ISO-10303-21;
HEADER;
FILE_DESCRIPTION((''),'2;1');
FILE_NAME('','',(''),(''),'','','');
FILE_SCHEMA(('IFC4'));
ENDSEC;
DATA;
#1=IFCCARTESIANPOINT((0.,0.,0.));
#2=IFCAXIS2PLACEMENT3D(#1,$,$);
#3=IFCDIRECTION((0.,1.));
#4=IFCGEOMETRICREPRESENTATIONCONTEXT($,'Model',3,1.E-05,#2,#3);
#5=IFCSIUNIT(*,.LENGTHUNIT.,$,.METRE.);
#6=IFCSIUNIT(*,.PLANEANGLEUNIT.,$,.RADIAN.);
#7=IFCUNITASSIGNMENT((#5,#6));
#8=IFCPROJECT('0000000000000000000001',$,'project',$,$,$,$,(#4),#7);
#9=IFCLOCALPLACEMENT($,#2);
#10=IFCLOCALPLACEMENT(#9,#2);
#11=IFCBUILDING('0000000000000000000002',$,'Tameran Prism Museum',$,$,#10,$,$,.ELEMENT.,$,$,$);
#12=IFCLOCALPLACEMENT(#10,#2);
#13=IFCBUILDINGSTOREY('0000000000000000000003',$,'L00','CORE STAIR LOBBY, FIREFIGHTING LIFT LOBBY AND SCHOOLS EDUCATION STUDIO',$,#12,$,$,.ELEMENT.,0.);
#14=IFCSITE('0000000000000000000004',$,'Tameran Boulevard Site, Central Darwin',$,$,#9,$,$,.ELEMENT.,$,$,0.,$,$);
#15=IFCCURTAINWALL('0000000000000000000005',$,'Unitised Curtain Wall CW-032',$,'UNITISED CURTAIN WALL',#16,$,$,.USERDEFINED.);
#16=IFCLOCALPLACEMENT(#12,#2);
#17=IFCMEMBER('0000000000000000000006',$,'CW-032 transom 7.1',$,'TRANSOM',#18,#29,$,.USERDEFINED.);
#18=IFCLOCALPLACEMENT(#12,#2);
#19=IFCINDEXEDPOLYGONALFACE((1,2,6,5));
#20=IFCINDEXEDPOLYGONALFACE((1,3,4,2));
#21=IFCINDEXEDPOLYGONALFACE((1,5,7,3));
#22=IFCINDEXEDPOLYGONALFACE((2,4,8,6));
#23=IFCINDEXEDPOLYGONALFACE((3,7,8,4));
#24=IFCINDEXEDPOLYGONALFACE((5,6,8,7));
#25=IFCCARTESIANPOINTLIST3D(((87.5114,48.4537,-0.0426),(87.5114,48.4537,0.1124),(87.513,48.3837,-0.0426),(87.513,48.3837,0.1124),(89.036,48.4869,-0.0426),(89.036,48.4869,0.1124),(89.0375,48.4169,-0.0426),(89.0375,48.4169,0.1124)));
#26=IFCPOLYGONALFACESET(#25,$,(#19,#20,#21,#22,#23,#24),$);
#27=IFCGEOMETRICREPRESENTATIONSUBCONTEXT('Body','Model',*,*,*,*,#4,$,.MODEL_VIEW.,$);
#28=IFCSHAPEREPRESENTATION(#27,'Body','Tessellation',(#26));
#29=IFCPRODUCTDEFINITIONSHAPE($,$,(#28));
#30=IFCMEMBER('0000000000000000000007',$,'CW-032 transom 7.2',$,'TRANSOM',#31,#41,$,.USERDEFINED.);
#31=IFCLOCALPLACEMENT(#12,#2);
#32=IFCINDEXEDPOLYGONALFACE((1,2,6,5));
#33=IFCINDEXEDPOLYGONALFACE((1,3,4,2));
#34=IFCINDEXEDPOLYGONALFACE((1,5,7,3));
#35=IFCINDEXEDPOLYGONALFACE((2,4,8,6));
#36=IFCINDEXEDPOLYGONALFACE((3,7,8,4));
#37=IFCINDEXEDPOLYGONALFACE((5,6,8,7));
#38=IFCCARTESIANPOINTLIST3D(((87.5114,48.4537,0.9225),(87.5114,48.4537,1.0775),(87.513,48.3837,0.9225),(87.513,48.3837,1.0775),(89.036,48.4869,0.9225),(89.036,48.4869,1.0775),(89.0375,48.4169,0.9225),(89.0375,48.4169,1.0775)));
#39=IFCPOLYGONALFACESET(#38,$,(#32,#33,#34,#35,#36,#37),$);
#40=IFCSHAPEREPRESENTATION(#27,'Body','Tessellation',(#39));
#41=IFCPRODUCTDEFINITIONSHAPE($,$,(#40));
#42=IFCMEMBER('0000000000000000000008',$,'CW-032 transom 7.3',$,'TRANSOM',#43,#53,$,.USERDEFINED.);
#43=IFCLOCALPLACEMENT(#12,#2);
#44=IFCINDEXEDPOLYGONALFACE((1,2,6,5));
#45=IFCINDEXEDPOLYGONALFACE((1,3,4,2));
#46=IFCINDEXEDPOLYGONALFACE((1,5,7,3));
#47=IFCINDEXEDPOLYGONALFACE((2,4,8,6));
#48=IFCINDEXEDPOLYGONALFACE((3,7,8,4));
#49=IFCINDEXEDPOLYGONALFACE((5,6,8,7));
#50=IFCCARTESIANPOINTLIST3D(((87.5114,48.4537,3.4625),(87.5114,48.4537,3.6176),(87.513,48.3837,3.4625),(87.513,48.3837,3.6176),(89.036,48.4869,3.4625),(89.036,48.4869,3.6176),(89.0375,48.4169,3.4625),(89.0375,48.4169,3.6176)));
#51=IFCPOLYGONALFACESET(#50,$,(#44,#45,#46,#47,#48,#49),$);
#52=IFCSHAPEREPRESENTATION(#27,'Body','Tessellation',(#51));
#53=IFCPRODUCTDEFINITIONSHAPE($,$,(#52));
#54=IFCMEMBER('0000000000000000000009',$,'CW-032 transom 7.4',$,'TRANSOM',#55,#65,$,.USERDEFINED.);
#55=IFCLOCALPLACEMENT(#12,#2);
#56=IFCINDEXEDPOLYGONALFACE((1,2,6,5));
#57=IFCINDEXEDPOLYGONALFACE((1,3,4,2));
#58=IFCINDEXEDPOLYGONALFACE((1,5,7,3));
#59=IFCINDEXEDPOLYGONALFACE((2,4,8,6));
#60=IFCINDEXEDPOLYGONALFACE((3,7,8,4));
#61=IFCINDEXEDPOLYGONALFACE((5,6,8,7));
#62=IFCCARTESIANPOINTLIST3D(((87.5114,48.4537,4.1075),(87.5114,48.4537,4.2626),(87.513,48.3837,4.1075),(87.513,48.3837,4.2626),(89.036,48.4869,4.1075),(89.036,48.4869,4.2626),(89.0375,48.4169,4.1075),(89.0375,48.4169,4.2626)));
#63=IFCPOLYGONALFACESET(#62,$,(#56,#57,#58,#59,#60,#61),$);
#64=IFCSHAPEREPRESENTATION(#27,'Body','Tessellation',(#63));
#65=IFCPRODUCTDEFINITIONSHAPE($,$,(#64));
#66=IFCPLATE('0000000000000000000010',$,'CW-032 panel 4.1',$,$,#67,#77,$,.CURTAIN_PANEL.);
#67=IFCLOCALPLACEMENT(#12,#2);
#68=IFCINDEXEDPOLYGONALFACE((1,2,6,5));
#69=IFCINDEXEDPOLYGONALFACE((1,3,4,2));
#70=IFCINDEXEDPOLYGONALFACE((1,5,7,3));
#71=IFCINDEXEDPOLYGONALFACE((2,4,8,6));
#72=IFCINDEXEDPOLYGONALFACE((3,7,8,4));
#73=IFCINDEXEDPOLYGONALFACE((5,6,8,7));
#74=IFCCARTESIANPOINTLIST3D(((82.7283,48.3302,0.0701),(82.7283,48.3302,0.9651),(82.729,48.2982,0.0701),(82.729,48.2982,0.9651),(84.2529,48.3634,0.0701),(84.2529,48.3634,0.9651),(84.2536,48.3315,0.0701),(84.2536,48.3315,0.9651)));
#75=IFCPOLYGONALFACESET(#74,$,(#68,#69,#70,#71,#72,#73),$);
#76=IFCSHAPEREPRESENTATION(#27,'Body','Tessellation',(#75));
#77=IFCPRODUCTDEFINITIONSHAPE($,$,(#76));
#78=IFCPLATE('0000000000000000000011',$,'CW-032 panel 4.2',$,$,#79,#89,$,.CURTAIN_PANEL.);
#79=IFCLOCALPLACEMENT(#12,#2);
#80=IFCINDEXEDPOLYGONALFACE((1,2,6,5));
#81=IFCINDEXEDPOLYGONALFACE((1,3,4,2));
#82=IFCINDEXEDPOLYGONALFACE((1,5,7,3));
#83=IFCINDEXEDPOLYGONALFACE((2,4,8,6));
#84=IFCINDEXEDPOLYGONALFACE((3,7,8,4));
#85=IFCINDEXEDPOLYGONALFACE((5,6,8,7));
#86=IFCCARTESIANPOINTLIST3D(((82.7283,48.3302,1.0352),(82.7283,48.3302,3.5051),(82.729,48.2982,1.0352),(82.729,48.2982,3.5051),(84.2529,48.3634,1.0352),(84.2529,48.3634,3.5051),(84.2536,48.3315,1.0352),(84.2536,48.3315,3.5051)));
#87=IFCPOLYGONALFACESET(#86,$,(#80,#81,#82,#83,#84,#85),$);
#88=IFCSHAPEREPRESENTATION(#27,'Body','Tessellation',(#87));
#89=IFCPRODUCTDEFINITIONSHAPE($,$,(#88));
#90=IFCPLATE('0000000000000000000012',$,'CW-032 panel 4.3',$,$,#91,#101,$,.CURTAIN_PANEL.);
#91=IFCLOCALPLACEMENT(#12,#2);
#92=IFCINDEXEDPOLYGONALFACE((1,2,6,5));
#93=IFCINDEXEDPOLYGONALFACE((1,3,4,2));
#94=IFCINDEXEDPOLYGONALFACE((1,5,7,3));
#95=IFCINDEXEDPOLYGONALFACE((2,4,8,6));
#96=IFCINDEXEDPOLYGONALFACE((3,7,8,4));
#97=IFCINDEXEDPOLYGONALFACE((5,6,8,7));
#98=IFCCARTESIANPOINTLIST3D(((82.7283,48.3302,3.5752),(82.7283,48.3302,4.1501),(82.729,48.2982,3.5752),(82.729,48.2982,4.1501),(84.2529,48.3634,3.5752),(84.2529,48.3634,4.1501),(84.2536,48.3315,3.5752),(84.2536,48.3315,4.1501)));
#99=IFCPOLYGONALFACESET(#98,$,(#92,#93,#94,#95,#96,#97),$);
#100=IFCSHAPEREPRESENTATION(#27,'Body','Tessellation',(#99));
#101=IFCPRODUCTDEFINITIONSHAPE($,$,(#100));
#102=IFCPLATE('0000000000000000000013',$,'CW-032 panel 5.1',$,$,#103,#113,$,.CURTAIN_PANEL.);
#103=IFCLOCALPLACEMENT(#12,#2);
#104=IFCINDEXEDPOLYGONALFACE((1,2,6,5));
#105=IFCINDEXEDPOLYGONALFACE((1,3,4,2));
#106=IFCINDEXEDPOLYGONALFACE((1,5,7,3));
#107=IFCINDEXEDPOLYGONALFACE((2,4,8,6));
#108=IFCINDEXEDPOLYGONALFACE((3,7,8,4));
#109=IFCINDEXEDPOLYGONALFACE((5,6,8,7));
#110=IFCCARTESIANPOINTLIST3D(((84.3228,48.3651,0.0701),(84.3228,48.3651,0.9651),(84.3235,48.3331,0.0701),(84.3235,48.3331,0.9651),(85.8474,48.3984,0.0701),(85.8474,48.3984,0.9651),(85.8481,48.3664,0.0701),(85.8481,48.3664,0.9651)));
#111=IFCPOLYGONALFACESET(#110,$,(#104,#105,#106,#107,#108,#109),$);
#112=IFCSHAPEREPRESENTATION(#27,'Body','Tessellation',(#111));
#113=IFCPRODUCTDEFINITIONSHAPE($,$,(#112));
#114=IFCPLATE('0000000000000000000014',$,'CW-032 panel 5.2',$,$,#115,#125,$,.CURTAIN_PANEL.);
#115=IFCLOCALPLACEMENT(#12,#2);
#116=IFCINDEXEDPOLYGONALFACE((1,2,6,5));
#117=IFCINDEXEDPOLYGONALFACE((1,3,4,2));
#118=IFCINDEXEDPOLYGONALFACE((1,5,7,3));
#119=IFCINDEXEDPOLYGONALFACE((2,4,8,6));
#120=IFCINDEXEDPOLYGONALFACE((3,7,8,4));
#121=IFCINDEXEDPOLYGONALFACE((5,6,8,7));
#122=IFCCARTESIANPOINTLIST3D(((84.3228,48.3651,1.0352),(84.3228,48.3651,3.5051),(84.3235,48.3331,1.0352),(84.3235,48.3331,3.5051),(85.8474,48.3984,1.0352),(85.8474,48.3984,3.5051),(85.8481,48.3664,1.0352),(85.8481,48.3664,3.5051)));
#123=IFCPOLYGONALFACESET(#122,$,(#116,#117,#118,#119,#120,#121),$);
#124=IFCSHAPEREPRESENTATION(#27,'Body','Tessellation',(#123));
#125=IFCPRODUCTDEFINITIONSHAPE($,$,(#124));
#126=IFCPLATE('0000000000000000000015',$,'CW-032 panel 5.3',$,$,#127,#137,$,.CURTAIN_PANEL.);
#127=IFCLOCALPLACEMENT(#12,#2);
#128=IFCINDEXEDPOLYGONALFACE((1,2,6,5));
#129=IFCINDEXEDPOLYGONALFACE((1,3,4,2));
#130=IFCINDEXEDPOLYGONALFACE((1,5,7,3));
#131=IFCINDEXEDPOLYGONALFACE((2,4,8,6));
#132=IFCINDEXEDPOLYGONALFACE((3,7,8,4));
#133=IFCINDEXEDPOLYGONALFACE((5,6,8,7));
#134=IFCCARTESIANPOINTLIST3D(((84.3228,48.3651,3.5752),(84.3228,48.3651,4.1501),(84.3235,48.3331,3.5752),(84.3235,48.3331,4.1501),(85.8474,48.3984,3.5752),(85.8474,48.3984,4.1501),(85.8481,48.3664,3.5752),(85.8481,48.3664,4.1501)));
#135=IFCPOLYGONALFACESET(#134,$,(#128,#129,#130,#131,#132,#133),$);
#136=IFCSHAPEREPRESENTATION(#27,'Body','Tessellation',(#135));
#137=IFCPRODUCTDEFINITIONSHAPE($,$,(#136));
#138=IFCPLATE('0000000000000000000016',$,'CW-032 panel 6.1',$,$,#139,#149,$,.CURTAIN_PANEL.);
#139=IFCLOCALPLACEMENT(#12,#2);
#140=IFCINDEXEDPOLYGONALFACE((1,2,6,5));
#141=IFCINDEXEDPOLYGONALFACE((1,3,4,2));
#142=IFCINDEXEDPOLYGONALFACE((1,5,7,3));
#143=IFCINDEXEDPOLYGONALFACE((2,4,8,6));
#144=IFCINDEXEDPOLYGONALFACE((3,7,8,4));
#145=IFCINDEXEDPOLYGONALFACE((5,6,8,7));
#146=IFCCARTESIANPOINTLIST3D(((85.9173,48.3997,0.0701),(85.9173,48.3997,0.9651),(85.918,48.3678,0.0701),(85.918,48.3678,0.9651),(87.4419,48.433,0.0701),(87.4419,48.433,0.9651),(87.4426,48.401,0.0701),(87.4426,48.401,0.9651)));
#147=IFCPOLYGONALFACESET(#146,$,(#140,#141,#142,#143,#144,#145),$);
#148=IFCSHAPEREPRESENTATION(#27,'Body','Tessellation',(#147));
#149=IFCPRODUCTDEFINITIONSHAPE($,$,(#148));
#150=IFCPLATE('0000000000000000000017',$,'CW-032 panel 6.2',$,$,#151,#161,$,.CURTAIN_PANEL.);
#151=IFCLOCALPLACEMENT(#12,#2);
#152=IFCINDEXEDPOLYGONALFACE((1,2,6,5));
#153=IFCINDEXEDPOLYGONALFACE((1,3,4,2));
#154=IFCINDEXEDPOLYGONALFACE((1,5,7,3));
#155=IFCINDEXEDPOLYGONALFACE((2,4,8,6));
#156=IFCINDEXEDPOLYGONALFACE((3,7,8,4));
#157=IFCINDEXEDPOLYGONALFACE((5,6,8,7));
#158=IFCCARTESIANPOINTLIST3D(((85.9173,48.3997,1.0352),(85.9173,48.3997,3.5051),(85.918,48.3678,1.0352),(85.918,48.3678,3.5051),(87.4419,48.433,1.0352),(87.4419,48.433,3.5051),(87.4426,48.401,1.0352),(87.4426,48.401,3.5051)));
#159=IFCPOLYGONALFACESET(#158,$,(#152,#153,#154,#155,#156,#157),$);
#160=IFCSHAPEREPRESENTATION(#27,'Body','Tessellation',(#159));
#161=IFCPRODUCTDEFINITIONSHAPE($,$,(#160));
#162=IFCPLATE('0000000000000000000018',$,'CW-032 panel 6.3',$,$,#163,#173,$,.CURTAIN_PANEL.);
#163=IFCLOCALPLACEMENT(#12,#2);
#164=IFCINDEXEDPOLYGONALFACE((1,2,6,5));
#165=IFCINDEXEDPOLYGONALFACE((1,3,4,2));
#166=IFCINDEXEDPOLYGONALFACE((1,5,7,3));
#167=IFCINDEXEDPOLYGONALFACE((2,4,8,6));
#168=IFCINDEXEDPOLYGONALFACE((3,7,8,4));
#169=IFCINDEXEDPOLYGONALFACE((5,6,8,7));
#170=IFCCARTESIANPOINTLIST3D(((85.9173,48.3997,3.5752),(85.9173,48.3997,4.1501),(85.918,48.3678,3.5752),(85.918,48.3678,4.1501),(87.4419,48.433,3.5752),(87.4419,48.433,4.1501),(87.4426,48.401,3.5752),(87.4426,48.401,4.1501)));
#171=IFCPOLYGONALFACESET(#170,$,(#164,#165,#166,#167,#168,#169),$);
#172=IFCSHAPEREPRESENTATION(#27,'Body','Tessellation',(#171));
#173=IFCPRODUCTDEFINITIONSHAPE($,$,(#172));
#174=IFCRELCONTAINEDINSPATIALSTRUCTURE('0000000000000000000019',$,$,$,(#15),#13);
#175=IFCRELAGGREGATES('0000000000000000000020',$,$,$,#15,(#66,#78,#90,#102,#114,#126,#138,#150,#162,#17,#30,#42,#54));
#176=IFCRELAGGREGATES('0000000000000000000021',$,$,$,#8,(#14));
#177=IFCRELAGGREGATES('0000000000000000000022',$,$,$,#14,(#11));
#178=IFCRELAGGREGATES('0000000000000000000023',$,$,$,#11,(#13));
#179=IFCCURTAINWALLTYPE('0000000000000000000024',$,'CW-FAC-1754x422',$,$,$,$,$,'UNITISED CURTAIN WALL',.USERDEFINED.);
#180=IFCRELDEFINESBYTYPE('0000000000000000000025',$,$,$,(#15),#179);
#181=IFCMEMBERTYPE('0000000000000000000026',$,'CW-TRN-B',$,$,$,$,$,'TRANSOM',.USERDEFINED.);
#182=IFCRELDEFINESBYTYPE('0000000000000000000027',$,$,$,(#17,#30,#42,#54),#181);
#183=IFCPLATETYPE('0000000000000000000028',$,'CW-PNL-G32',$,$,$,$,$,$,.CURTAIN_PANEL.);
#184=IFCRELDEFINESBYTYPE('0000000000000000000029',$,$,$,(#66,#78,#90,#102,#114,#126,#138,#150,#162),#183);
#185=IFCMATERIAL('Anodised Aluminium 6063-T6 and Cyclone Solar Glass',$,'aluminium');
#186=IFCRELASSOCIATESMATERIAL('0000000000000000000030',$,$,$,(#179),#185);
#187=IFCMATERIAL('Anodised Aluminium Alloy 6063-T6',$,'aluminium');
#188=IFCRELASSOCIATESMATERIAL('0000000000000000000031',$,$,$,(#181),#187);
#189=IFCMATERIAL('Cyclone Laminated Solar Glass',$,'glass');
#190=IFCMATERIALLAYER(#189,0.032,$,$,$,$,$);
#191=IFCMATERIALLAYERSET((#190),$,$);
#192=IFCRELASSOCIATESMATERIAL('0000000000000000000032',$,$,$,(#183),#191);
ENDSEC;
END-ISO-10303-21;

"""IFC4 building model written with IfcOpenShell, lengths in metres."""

from ifc_helpers import new_model, si_unit, direction, frame, origin, origin_2d, place, context, subcontext, project, spatial, rectangle, extrude, material, layer, layer_set, material_profile, profile_set, type_object, element, aggregate, save


model = new_model("IFC4")

# Units and contexts
model_context = context("Model", 3, precision=1e-05, world=origin(), true_north=direction((0.0, 1.0)))
body_context = subcontext(model_context, "Body", "Model", "MODEL_VIEW")
ifc_project = project(units=[si_unit("LENGTHUNIT", "METRE"), si_unit("PLANEANGLEUNIT", "RADIAN")], contexts=[model_context])

# Site, building, storey
site_placement = place(None, origin())
site = spatial("IfcSite", under=ifc_project, at=site_placement, Name="Tameran Boulevard Site, Central Darwin", CompositionType="ELEMENT", RefElevation=0.0)
building_placement = place(site_placement, origin())
building = spatial("IfcBuilding", under=site, at=building_placement, Name="Tameran Prism Museum", CompositionType="ELEMENT")
storey_placement = place(building_placement, origin())
storey = spatial("IfcBuildingStorey", under=building, at=storey_placement, Name="L00", Description="CORE STAIR LOBBY, FIREFIGHTING LIFT LOBBY AND SCHOOLS EDUCATION STUDIO", CompositionType="ELEMENT", Elevation=0.0)

# Curtain wall, members, plates
ifc_material_1 = material(Name="Anodised Aluminium 6063-T6 and Cyclone Solar Glass", Category="aluminium")
curtain_wall_type = type_object("IfcCurtainWallType", Name="CW-FAC-1754x422", ElementType="UNITISED CURTAIN WALL", PredefinedType="USERDEFINED", material=ifc_material_1)
curtain_wall_placement = place(storey_placement, origin())
curtain_wall = element("IfcCurtainWall", 1, at=curtain_wall_placement, inside=storey, type_object=curtain_wall_type, Name="Unitised Curtain Wall CW-032", ObjectType="UNITISED CURTAIN WALL", PredefinedType="USERDEFINED")
ifc_material_2 = material(Name="Anodised Aluminium Alloy 6063-T6", Category="aluminium")
ifc_material_profile_1 = material_profile(ifc_material_2, rectangle(XDim=0.0701, YDim=0.155, at=origin_2d()))
ifc_profile_set_1 = profile_set([ifc_material_profile_1])
member_type_1 = type_object("IfcMemberType", Name="CW-TRN-B", ElementType="TRANSOM", PredefinedType="USERDEFINED", material=ifc_profile_set_1)
member_1_placement = place(storey_placement, frame((87.5122, 48.4187, 0.0349), z_axis=(0.999763, 0.021772, 0.0), x_axis=(-0.021772, 0.999763, 0.0)))
member_1 = element("IfcMember", 2, at=member_1_placement, type_object=member_type_1, Name="CW-032 transom 7.1", ObjectType="TRANSOM", PredefinedType="USERDEFINED", context=body_context, shape_type="SweptSolid", body=[
    extrude(rectangle(XDim=0.0701, YDim=0.155, at=origin_2d()), origin(), (0.0, 0.0, 1.0), 1.5249),
])
member_2_placement = place(storey_placement, frame((87.5122, 48.4187, 1.0), z_axis=(0.999763, 0.021772, 0.0), x_axis=(-0.021772, 0.999763, 0.0)))
member_2 = element("IfcMember", 3, at=member_2_placement, type_object=member_type_1, Name="CW-032 transom 7.2", ObjectType="TRANSOM", PredefinedType="USERDEFINED", context=body_context, shape_type="SweptSolid", body=[
    extrude(rectangle(XDim=0.0701, YDim=0.155, at=origin_2d()), origin(), (0.0, 0.0, 1.0), 1.5249),
])
member_3_placement = place(storey_placement, frame((87.5122, 48.4187, 3.54), z_axis=(0.999763, 0.021772, 0.0), x_axis=(-0.021772, 0.999763, 0.0)))
member_3 = element("IfcMember", 4, at=member_3_placement, type_object=member_type_1, Name="CW-032 transom 7.3", ObjectType="TRANSOM", PredefinedType="USERDEFINED", context=body_context, shape_type="SweptSolid", body=[
    extrude(rectangle(XDim=0.0701, YDim=0.155, at=origin_2d()), origin(), (0.0, 0.0, 1.0), 1.5249),
])
member_4_placement = place(storey_placement, frame((87.5122, 48.4187, 4.1851), z_axis=(0.999763, 0.021772, 0.0), x_axis=(-0.021772, 0.999763, 0.0)))
member_4 = element("IfcMember", 5, at=member_4_placement, type_object=member_type_1, Name="CW-032 transom 7.4", ObjectType="TRANSOM", PredefinedType="USERDEFINED", context=body_context, shape_type="SweptSolid", body=[
    extrude(rectangle(XDim=0.0701, YDim=0.155, at=origin_2d()), origin(), (0.0, 0.0, 1.0), 1.5249),
])
ifc_material_3 = material(Name="Cyclone Laminated Solar Glass", Category="glass")
ifc_layer = layer(ifc_material_3, 0.032)
ifc_layer_set = layer_set([ifc_layer])
plate_type = type_object("IfcPlateType", Name="CW-PNL-G32", PredefinedType="CURTAIN_PANEL", material=ifc_layer_set)
plate_1_placement = place(storey_placement, frame((83.491, 48.3308, 0.0701), z_axis=(0.0, 0.0, 1.0), x_axis=(0.999762, 0.021831, 0.0)))
plate_1 = element("IfcPlate", 6, at=plate_1_placement, type_object=plate_type, Name="CW-032 panel 4.1", PredefinedType="CURTAIN_PANEL", context=body_context, shape_type="SweptSolid", body=[
    extrude(rectangle(XDim=1.5249, YDim=0.032, at=origin_2d()), origin(), (0.0, 0.0, 1.0), 0.895),
])
plate_2_placement = place(storey_placement, frame((83.491, 48.3308, 1.0352), z_axis=(0.0, 0.0, 1.0), x_axis=(0.999762, 0.021831, 0.0)))
plate_2 = element("IfcPlate", 7, at=plate_2_placement, type_object=plate_type, Name="CW-032 panel 4.2", PredefinedType="CURTAIN_PANEL", context=body_context, shape_type="SweptSolid", body=[
    extrude(rectangle(XDim=1.5249, YDim=0.032, at=origin_2d()), origin(), (0.0, 0.0, 1.0), 2.47),
])
plate_3_placement = place(storey_placement, frame((83.491, 48.3308, 3.5752), z_axis=(0.0, 0.0, 1.0), x_axis=(0.999762, 0.021831, 0.0)))
plate_3 = element("IfcPlate", 8, at=plate_3_placement, type_object=plate_type, Name="CW-032 panel 4.3", PredefinedType="CURTAIN_PANEL", context=body_context, shape_type="SweptSolid", body=[
    extrude(rectangle(XDim=1.5249, YDim=0.032, at=origin_2d()), origin(), (0.0, 0.0, 1.0), 0.575),
])
plate_4_placement = place(storey_placement, frame((85.0854, 48.3657, 0.0701), z_axis=(0.0, 0.0, 1.0), x_axis=(0.999762, 0.021831, 0.0)))
plate_4 = element("IfcPlate", 9, at=plate_4_placement, type_object=plate_type, Name="CW-032 panel 5.1", PredefinedType="CURTAIN_PANEL", context=body_context, shape_type="SweptSolid", body=[
    extrude(rectangle(XDim=1.5249, YDim=0.032, at=origin_2d()), origin(), (0.0, 0.0, 1.0), 0.895),
])
plate_5_placement = place(storey_placement, frame((85.0854, 48.3657, 1.0352), z_axis=(0.0, 0.0, 1.0), x_axis=(0.999762, 0.021831, 0.0)))
plate_5 = element("IfcPlate", 10, at=plate_5_placement, type_object=plate_type, Name="CW-032 panel 5.2", PredefinedType="CURTAIN_PANEL", context=body_context, shape_type="SweptSolid", body=[
    extrude(rectangle(XDim=1.5249, YDim=0.032, at=origin_2d()), origin(), (0.0, 0.0, 1.0), 2.47),
])
plate_6_placement = place(storey_placement, frame((85.0854, 48.3657, 3.5752), z_axis=(0.0, 0.0, 1.0), x_axis=(0.999762, 0.021831, 0.0)))
plate_6 = element("IfcPlate", 11, at=plate_6_placement, type_object=plate_type, Name="CW-032 panel 5.3", PredefinedType="CURTAIN_PANEL", context=body_context, shape_type="SweptSolid", body=[
    extrude(rectangle(XDim=1.5249, YDim=0.032, at=origin_2d()), origin(), (0.0, 0.0, 1.0), 0.575),
])
plate_7_placement = place(storey_placement, frame((86.6799, 48.4004, 0.0701), z_axis=(0.0, 0.0, 1.0), x_axis=(0.999762, 0.021831, 0.0)))
plate_7 = element("IfcPlate", 12, at=plate_7_placement, type_object=plate_type, Name="CW-032 panel 6.1", PredefinedType="CURTAIN_PANEL", context=body_context, shape_type="SweptSolid", body=[
    extrude(rectangle(XDim=1.5249, YDim=0.032, at=origin_2d()), origin(), (0.0, 0.0, 1.0), 0.895),
])
plate_8_placement = place(storey_placement, frame((86.6799, 48.4004, 1.0352), z_axis=(0.0, 0.0, 1.0), x_axis=(0.999762, 0.021831, 0.0)))
plate_8 = element("IfcPlate", 13, at=plate_8_placement, type_object=plate_type, Name="CW-032 panel 6.2", PredefinedType="CURTAIN_PANEL", context=body_context, shape_type="SweptSolid", body=[
    extrude(rectangle(XDim=1.5249, YDim=0.032, at=origin_2d()), origin(), (0.0, 0.0, 1.0), 2.47),
])
plate_9_placement = place(storey_placement, frame((86.6799, 48.4004, 3.5752), z_axis=(0.0, 0.0, 1.0), x_axis=(0.999762, 0.021831, 0.0)))
plate_9 = element("IfcPlate", 14, at=plate_9_placement, type_object=plate_type, Name="CW-032 panel 6.3", PredefinedType="CURTAIN_PANEL", context=body_context, shape_type="SweptSolid", body=[
    extrude(rectangle(XDim=1.5249, YDim=0.032, at=origin_2d()), origin(), (0.0, 0.0, 1.0), 0.575),
])
aggregate(curtain_wall, [plate_1, plate_2, plate_3, plate_4, plate_5, plate_6, plate_7, plate_8, plate_9, member_1, member_2, member_3, member_4])

save(model, "model.ifc")
